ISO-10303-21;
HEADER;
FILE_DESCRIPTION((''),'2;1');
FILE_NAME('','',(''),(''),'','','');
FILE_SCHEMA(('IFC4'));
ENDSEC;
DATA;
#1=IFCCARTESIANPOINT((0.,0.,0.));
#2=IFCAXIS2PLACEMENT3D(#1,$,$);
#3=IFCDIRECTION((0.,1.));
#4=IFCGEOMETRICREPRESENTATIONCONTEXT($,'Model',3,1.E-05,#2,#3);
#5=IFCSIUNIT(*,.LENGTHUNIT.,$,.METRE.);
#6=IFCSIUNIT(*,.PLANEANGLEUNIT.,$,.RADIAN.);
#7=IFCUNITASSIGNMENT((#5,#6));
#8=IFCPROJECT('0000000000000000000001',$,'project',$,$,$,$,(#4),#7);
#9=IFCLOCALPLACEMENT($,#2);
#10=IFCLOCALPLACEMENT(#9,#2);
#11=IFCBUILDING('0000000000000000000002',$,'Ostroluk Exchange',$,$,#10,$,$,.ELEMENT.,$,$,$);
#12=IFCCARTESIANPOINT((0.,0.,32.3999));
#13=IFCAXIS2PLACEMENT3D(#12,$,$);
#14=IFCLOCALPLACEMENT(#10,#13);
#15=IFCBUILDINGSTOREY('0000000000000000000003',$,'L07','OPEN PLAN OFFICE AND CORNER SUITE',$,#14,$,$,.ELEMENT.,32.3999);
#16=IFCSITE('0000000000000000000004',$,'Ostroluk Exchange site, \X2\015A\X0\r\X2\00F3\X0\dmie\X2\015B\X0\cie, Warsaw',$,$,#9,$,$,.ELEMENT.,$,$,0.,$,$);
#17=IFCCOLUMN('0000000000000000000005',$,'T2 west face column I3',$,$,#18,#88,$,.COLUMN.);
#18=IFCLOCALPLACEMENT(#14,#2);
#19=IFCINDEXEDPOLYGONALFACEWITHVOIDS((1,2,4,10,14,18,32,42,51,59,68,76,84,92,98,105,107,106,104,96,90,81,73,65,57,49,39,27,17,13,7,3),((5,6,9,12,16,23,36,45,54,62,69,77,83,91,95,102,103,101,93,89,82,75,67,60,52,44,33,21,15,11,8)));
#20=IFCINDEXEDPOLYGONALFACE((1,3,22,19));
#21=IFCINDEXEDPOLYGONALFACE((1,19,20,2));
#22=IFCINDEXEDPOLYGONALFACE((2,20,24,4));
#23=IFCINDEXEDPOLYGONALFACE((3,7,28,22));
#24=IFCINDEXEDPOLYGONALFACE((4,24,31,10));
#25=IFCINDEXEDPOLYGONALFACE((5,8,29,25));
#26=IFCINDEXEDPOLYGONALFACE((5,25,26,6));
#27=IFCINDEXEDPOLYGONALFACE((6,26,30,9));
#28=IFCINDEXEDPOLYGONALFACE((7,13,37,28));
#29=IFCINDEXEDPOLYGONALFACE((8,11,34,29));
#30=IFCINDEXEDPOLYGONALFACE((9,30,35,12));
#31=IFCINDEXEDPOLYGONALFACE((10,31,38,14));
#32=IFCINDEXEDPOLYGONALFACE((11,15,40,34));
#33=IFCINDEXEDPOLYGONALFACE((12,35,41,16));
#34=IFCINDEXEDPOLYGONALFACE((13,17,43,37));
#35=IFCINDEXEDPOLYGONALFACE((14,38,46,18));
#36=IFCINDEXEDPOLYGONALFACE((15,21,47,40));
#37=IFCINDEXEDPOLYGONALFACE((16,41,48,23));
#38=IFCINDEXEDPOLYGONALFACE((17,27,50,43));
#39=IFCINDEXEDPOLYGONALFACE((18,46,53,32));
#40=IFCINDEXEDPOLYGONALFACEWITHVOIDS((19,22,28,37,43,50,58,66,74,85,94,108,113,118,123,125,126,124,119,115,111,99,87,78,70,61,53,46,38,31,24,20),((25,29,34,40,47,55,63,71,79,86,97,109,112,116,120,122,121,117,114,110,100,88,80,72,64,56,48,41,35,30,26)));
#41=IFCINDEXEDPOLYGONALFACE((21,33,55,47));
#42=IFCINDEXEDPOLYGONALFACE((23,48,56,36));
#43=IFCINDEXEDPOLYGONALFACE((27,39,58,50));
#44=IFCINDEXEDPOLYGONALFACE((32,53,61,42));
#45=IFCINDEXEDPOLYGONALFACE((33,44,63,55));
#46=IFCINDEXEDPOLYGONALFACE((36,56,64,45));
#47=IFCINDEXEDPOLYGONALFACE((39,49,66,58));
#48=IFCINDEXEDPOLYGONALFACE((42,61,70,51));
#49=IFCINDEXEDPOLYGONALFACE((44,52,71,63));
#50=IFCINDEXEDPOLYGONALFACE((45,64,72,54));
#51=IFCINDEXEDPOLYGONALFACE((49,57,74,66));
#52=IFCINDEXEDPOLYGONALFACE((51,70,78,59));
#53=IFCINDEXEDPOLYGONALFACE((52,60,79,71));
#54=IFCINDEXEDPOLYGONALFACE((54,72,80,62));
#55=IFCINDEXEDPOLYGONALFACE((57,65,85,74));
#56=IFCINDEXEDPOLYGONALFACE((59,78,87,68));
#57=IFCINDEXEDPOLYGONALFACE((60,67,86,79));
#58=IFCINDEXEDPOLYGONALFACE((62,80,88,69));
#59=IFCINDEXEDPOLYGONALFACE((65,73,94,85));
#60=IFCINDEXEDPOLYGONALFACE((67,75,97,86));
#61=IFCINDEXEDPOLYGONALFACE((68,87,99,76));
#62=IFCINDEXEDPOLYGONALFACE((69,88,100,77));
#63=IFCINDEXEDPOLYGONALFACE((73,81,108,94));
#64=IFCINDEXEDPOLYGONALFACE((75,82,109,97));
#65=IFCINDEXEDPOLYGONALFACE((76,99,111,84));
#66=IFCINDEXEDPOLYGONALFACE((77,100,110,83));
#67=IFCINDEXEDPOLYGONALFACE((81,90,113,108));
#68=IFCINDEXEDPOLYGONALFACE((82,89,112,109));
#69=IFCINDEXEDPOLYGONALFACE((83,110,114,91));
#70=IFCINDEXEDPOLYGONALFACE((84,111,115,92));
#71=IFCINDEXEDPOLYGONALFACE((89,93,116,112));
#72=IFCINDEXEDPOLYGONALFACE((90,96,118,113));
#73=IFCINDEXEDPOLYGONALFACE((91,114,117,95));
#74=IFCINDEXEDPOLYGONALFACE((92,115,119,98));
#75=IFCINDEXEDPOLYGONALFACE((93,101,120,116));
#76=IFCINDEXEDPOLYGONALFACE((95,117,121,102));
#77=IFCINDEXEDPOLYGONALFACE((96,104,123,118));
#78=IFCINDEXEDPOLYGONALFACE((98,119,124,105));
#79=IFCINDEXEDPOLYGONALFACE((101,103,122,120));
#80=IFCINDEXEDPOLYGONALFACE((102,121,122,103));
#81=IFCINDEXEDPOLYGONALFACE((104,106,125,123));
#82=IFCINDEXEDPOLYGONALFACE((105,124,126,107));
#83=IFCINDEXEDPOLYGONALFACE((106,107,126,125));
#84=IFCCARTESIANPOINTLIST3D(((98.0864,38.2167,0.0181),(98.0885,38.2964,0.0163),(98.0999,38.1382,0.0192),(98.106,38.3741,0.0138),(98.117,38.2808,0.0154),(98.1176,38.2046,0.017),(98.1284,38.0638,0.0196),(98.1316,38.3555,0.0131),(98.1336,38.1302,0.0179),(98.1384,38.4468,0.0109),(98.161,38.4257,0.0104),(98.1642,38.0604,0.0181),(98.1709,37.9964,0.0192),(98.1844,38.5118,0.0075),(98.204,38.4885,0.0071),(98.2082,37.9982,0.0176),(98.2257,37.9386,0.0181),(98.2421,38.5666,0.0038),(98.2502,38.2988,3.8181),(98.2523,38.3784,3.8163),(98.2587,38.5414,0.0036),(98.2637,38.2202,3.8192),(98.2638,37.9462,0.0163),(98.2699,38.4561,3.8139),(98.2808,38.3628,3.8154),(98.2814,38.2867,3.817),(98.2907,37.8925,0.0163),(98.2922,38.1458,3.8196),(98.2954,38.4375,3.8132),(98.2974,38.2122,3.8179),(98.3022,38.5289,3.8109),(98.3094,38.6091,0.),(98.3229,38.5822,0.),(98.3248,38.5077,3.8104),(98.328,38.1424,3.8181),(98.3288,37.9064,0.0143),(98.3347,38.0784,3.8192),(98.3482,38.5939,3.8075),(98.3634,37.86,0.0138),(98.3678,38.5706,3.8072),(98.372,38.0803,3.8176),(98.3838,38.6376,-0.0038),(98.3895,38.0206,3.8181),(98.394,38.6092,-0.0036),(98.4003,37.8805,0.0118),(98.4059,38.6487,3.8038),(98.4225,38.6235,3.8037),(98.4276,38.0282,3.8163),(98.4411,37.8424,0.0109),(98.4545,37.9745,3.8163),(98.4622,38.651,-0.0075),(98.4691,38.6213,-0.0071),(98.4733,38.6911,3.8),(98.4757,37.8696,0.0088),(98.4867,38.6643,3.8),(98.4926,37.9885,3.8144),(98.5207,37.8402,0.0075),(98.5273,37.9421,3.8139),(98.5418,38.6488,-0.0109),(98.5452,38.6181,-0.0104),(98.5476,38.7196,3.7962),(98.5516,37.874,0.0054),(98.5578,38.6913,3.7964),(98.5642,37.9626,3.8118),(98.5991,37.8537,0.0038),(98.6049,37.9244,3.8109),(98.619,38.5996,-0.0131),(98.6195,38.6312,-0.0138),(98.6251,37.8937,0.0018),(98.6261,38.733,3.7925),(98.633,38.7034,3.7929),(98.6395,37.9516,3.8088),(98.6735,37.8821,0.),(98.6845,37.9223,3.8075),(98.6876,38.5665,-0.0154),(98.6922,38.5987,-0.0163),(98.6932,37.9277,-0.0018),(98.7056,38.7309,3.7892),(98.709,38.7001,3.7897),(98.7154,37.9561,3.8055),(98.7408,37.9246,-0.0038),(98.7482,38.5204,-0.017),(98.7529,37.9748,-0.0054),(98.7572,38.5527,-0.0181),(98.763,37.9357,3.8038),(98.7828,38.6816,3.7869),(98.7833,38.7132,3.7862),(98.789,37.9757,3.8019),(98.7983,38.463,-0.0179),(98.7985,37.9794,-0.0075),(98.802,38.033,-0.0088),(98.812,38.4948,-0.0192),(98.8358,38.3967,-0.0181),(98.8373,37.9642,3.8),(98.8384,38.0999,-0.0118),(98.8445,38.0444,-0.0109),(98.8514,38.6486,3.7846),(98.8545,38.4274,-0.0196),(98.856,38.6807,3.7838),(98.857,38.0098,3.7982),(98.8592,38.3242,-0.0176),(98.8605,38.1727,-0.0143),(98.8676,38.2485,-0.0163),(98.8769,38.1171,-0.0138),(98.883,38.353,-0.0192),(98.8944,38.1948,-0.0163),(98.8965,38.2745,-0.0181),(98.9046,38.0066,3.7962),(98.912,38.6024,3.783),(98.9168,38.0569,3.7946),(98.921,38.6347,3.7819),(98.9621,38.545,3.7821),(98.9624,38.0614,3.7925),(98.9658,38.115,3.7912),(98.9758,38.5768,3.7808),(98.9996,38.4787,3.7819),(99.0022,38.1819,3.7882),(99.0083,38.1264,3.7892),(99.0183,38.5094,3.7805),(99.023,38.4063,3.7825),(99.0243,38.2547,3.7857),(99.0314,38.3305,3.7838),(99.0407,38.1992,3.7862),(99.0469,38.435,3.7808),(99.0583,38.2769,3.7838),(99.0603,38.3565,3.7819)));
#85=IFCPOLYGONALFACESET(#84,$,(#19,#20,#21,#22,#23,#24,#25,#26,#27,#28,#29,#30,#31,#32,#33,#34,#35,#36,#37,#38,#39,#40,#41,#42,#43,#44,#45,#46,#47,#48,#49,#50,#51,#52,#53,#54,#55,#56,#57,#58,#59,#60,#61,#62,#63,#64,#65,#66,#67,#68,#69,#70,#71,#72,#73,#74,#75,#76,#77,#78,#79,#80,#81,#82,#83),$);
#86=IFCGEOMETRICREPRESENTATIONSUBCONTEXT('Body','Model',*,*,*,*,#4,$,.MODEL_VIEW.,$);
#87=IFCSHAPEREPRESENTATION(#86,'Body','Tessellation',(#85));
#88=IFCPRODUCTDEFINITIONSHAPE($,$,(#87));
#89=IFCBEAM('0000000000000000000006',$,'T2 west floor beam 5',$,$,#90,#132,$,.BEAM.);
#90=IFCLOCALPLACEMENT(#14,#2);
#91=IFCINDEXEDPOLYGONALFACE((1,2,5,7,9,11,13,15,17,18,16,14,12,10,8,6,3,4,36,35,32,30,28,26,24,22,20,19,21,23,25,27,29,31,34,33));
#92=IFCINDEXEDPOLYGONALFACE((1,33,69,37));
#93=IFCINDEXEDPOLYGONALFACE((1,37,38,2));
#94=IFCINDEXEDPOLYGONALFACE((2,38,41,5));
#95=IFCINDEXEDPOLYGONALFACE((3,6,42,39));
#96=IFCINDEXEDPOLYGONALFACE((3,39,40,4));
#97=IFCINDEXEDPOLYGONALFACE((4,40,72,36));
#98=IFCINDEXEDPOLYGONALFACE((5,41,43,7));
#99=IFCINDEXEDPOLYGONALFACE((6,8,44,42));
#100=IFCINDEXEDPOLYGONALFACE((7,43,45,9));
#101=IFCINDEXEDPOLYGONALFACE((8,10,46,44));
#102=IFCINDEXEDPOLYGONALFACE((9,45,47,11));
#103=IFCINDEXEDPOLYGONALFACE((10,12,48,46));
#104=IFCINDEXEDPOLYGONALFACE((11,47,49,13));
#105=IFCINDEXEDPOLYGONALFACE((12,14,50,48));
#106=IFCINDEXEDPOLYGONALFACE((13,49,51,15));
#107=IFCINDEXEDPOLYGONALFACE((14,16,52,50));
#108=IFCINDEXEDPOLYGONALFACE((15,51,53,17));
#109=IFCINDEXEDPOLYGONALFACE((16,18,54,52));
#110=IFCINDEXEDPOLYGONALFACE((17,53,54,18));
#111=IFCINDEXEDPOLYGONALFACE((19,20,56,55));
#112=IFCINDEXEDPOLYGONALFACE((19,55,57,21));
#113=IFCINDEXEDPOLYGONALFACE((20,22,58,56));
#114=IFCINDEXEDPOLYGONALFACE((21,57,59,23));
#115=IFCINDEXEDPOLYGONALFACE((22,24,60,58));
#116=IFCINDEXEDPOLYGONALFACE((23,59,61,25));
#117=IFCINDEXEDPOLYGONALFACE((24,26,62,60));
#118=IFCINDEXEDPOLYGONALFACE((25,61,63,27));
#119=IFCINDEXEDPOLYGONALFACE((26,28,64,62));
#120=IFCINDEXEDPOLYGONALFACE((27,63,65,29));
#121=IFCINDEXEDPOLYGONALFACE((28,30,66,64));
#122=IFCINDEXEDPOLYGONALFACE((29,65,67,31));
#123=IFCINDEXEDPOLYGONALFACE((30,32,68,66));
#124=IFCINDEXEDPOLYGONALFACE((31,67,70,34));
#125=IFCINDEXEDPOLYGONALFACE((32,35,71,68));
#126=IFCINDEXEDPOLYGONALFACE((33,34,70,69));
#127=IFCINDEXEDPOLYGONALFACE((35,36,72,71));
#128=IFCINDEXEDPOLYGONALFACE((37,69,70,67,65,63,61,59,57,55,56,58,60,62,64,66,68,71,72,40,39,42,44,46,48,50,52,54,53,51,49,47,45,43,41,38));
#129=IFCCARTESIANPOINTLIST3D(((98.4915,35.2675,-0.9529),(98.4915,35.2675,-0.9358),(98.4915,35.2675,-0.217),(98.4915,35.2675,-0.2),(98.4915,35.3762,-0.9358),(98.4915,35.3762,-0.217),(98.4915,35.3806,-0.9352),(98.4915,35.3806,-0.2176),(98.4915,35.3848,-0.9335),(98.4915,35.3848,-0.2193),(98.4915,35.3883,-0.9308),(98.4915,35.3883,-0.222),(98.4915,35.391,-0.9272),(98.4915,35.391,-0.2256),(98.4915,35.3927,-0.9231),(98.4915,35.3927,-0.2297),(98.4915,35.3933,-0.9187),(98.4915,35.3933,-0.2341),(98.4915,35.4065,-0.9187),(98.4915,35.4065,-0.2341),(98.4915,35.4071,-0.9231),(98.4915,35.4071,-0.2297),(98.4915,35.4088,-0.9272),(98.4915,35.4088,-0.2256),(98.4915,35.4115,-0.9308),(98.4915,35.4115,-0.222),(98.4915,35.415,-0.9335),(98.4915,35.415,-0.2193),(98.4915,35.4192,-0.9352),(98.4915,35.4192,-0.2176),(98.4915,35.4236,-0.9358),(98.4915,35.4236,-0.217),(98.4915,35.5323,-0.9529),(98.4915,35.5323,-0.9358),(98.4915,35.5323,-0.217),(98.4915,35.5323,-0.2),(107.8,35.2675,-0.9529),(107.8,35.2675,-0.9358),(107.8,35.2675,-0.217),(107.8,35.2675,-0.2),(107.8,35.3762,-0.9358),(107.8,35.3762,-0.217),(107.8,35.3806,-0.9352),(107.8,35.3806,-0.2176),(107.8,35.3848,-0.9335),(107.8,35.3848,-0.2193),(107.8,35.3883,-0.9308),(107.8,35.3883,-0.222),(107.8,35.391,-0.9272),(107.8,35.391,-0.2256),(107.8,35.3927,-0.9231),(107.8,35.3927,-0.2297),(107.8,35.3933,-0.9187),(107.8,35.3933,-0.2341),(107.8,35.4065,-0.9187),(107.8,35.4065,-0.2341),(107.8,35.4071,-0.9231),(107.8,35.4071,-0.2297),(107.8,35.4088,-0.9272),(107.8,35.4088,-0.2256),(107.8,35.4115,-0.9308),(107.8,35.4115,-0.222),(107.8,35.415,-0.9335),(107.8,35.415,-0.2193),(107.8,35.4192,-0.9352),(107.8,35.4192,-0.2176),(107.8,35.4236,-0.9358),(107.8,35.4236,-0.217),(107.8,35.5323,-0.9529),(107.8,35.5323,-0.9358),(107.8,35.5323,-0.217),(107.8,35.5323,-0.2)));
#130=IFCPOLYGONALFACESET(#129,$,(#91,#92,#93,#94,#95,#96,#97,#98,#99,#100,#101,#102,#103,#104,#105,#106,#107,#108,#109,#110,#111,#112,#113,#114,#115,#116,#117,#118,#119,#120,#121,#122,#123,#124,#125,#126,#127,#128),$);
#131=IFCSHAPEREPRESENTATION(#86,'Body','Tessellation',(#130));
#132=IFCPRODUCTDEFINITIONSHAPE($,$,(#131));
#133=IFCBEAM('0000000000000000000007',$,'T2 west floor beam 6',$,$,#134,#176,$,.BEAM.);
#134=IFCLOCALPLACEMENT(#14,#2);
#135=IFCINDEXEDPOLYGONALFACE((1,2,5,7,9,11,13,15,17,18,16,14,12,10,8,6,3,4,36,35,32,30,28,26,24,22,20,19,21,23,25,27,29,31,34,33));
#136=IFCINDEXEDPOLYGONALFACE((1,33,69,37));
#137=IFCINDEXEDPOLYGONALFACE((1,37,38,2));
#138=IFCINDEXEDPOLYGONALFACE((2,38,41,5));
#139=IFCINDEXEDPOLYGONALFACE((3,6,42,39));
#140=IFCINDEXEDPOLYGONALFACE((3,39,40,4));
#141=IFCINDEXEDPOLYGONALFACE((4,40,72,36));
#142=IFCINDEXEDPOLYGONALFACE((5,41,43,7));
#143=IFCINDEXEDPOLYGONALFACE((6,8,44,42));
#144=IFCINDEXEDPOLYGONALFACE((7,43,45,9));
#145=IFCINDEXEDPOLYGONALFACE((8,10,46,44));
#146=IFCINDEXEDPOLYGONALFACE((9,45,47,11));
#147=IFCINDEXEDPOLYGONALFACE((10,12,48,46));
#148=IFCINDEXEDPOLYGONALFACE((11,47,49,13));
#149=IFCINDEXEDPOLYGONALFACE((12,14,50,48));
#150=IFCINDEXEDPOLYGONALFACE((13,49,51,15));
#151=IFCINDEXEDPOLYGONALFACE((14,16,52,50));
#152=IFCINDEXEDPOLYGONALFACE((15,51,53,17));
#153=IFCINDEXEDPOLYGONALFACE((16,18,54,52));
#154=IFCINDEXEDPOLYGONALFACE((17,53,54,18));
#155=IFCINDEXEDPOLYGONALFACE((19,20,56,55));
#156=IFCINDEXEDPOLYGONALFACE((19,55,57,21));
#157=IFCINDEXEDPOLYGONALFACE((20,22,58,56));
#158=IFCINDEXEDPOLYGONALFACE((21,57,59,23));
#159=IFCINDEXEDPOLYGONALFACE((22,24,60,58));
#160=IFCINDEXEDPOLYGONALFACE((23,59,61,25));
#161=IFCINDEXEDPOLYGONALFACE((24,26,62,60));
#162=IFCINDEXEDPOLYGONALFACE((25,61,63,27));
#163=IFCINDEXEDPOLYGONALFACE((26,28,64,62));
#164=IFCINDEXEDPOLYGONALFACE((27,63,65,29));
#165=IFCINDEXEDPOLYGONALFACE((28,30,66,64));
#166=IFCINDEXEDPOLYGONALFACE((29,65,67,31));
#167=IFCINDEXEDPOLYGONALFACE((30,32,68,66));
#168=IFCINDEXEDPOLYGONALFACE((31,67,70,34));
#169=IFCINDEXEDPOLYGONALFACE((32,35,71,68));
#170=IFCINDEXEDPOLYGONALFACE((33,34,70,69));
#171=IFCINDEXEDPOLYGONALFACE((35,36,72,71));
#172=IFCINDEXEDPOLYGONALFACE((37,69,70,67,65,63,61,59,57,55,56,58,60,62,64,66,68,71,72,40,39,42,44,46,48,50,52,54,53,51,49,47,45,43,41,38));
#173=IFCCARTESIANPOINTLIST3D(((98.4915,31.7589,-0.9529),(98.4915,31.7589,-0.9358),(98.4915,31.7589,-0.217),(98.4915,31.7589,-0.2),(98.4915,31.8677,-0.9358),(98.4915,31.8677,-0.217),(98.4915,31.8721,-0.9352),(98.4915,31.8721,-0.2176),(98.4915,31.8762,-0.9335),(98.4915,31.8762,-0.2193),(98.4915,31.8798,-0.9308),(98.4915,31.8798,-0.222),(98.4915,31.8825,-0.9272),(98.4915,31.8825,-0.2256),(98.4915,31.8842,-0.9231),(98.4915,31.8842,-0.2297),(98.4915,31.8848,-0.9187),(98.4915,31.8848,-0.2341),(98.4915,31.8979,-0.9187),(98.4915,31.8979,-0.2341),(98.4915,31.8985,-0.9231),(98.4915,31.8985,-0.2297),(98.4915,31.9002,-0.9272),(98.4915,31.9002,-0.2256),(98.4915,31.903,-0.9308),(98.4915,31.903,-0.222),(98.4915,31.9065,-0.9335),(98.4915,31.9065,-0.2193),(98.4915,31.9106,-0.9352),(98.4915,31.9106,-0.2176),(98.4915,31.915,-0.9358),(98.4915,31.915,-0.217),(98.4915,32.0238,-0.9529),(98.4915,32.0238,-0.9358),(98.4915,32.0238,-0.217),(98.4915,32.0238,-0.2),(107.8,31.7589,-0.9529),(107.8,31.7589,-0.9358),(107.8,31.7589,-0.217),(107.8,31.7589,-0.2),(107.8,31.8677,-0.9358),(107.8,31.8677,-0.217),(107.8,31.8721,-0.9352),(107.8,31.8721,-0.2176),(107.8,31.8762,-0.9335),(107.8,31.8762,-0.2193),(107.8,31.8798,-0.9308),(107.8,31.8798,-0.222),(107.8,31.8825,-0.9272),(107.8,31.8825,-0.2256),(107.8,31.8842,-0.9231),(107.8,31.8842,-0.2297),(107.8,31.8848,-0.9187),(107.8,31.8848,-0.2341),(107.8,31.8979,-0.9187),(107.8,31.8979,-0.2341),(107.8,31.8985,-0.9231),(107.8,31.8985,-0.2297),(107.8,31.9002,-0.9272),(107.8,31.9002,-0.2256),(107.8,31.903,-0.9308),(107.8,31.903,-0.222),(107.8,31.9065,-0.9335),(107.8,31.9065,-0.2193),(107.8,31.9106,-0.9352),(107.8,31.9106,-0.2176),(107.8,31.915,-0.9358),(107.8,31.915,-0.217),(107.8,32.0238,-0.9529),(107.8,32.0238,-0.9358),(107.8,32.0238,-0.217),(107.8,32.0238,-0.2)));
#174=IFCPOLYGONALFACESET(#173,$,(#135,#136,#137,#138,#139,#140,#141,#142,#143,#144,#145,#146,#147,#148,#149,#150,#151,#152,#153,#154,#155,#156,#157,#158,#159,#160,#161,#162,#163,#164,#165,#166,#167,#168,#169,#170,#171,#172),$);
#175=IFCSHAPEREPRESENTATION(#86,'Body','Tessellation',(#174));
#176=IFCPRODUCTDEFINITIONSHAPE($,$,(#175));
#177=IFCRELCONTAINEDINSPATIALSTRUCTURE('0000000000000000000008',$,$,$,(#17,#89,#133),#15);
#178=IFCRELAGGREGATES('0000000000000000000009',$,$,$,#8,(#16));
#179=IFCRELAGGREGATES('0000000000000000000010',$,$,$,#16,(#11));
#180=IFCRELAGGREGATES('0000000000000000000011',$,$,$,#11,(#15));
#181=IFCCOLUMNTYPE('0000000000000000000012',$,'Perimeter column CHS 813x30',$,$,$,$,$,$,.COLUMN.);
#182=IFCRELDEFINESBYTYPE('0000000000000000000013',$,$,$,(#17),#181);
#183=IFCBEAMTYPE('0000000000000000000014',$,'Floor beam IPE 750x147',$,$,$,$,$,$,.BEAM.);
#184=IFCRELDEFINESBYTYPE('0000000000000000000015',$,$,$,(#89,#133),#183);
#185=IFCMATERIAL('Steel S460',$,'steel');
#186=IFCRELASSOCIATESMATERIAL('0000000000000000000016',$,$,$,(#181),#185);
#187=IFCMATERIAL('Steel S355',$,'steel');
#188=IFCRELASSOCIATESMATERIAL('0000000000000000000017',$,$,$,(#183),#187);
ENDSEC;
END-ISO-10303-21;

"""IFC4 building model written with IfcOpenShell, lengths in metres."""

from ifc_helpers import new_model, si_unit, direction, frame, origin, origin_2d, place, context, subcontext, project, spatial, hollow_circle, i_section, extrude, material, material_profile, profile_set, type_object, element, save


model = new_model("IFC4")

# Units and contexts
model_context = context("Model", 3, precision=1e-05, world=origin(), true_north=direction((0.0, 1.0)))
body_context = subcontext(model_context, "Body", "Model", "MODEL_VIEW")
ifc_project = project(units=[si_unit("LENGTHUNIT", "METRE"), si_unit("PLANEANGLEUNIT", "RADIAN")], contexts=[model_context])

# Site, building, storey
site_placement = place(None, origin())
site = spatial("IfcSite", under=ifc_project, at=site_placement, Name="Ostroluk Exchange site, Śródmieście, Warsaw", CompositionType="ELEMENT", RefElevation=0.0)
building_placement = place(site_placement, origin())
building = spatial("IfcBuilding", under=site, at=building_placement, Name="Ostroluk Exchange", CompositionType="ELEMENT")
storey_placement = place(building_placement, frame((0.0, 0.0, 32.3999)))
storey = spatial("IfcBuildingStorey", under=building, at=storey_placement, Name="L07", Description="OPEN PLAN OFFICE AND CORNER SUITE", CompositionType="ELEMENT", Elevation=32.3999)

# Column
ifc_material_1 = material(Name="Steel S460", Category="steel")
ifc_material_profile_1 = material_profile(ifc_material_1, hollow_circle(Radius=0.4065, WallThickness=0.03, at=origin_2d()), Name="CHS 813x30")
ifc_profile_set_1 = profile_set([ifc_material_profile_1], Name="Steel S460")
column_type = type_object("IfcColumnType", Name="Perimeter column CHS 813x30", PredefinedType="COLUMN", material=ifc_profile_set_1)
column_placement = place(storey_placement, frame((98.4915, 38.2456, 0.0), z_axis=(0.04306, 0.021562, 0.99884), x_axis=(-0.447747, 0.894161, 0.0)))
element("IfcColumn", 1, at=column_placement, inside=storey, type_object=column_type, Name="T2 west face column I3", PredefinedType="COLUMN", context=body_context, shape_type="SweptSolid", body=[
    extrude(hollow_circle(Radius=0.4065, WallThickness=0.03, at=origin_2d()), origin(), (0.0, 0.0, 1.0), 3.8044),
])

# Beams
ifc_material_2 = material(Name="Steel S355", Category="steel")
ifc_material_profile_2 = material_profile(ifc_material_2, i_section(OverallWidth=0.2649, OverallDepth=0.7529, WebThickness=0.0132, FlangeThickness=0.0171, FilletRadius=0.0171, at=origin_2d()), Name="IPE 750x147")
ifc_profile_set_2 = profile_set([ifc_material_profile_2], Name="Steel S355")
beam_type_1 = type_object("IfcBeamType", Name="Floor beam IPE 750x147", PredefinedType="BEAM", material=ifc_profile_set_2)
for number, where, z_axis, x_axis, name in (
    (2, (107.8, 35.3999, -0.5764), (-1.0, 0.0, 0.0), (0.0, -1.0, 0.0), "T2 west floor beam 5"),
    (3, (107.8, 31.8914, -0.5764), (-1.0, 0.0, 0.0), (0.0, -1.0, 0.0), "T2 west floor beam 6"),
):
    element("IfcBeam", number, at=place(storey_placement, frame(where, z_axis=z_axis, x_axis=x_axis)), inside=storey, type_object=beam_type_1, Name=name, PredefinedType="BEAM", context=body_context, shape_type="SweptSolid", body=[
        extrude(i_section(OverallWidth=0.2649, OverallDepth=0.7529, WebThickness=0.0132, FlangeThickness=0.0171, FilletRadius=0.0171, at=origin_2d()), origin(), (0.0, 0.0, 1.0), 9.3086),
    ])

save(model, "model.ifc")
